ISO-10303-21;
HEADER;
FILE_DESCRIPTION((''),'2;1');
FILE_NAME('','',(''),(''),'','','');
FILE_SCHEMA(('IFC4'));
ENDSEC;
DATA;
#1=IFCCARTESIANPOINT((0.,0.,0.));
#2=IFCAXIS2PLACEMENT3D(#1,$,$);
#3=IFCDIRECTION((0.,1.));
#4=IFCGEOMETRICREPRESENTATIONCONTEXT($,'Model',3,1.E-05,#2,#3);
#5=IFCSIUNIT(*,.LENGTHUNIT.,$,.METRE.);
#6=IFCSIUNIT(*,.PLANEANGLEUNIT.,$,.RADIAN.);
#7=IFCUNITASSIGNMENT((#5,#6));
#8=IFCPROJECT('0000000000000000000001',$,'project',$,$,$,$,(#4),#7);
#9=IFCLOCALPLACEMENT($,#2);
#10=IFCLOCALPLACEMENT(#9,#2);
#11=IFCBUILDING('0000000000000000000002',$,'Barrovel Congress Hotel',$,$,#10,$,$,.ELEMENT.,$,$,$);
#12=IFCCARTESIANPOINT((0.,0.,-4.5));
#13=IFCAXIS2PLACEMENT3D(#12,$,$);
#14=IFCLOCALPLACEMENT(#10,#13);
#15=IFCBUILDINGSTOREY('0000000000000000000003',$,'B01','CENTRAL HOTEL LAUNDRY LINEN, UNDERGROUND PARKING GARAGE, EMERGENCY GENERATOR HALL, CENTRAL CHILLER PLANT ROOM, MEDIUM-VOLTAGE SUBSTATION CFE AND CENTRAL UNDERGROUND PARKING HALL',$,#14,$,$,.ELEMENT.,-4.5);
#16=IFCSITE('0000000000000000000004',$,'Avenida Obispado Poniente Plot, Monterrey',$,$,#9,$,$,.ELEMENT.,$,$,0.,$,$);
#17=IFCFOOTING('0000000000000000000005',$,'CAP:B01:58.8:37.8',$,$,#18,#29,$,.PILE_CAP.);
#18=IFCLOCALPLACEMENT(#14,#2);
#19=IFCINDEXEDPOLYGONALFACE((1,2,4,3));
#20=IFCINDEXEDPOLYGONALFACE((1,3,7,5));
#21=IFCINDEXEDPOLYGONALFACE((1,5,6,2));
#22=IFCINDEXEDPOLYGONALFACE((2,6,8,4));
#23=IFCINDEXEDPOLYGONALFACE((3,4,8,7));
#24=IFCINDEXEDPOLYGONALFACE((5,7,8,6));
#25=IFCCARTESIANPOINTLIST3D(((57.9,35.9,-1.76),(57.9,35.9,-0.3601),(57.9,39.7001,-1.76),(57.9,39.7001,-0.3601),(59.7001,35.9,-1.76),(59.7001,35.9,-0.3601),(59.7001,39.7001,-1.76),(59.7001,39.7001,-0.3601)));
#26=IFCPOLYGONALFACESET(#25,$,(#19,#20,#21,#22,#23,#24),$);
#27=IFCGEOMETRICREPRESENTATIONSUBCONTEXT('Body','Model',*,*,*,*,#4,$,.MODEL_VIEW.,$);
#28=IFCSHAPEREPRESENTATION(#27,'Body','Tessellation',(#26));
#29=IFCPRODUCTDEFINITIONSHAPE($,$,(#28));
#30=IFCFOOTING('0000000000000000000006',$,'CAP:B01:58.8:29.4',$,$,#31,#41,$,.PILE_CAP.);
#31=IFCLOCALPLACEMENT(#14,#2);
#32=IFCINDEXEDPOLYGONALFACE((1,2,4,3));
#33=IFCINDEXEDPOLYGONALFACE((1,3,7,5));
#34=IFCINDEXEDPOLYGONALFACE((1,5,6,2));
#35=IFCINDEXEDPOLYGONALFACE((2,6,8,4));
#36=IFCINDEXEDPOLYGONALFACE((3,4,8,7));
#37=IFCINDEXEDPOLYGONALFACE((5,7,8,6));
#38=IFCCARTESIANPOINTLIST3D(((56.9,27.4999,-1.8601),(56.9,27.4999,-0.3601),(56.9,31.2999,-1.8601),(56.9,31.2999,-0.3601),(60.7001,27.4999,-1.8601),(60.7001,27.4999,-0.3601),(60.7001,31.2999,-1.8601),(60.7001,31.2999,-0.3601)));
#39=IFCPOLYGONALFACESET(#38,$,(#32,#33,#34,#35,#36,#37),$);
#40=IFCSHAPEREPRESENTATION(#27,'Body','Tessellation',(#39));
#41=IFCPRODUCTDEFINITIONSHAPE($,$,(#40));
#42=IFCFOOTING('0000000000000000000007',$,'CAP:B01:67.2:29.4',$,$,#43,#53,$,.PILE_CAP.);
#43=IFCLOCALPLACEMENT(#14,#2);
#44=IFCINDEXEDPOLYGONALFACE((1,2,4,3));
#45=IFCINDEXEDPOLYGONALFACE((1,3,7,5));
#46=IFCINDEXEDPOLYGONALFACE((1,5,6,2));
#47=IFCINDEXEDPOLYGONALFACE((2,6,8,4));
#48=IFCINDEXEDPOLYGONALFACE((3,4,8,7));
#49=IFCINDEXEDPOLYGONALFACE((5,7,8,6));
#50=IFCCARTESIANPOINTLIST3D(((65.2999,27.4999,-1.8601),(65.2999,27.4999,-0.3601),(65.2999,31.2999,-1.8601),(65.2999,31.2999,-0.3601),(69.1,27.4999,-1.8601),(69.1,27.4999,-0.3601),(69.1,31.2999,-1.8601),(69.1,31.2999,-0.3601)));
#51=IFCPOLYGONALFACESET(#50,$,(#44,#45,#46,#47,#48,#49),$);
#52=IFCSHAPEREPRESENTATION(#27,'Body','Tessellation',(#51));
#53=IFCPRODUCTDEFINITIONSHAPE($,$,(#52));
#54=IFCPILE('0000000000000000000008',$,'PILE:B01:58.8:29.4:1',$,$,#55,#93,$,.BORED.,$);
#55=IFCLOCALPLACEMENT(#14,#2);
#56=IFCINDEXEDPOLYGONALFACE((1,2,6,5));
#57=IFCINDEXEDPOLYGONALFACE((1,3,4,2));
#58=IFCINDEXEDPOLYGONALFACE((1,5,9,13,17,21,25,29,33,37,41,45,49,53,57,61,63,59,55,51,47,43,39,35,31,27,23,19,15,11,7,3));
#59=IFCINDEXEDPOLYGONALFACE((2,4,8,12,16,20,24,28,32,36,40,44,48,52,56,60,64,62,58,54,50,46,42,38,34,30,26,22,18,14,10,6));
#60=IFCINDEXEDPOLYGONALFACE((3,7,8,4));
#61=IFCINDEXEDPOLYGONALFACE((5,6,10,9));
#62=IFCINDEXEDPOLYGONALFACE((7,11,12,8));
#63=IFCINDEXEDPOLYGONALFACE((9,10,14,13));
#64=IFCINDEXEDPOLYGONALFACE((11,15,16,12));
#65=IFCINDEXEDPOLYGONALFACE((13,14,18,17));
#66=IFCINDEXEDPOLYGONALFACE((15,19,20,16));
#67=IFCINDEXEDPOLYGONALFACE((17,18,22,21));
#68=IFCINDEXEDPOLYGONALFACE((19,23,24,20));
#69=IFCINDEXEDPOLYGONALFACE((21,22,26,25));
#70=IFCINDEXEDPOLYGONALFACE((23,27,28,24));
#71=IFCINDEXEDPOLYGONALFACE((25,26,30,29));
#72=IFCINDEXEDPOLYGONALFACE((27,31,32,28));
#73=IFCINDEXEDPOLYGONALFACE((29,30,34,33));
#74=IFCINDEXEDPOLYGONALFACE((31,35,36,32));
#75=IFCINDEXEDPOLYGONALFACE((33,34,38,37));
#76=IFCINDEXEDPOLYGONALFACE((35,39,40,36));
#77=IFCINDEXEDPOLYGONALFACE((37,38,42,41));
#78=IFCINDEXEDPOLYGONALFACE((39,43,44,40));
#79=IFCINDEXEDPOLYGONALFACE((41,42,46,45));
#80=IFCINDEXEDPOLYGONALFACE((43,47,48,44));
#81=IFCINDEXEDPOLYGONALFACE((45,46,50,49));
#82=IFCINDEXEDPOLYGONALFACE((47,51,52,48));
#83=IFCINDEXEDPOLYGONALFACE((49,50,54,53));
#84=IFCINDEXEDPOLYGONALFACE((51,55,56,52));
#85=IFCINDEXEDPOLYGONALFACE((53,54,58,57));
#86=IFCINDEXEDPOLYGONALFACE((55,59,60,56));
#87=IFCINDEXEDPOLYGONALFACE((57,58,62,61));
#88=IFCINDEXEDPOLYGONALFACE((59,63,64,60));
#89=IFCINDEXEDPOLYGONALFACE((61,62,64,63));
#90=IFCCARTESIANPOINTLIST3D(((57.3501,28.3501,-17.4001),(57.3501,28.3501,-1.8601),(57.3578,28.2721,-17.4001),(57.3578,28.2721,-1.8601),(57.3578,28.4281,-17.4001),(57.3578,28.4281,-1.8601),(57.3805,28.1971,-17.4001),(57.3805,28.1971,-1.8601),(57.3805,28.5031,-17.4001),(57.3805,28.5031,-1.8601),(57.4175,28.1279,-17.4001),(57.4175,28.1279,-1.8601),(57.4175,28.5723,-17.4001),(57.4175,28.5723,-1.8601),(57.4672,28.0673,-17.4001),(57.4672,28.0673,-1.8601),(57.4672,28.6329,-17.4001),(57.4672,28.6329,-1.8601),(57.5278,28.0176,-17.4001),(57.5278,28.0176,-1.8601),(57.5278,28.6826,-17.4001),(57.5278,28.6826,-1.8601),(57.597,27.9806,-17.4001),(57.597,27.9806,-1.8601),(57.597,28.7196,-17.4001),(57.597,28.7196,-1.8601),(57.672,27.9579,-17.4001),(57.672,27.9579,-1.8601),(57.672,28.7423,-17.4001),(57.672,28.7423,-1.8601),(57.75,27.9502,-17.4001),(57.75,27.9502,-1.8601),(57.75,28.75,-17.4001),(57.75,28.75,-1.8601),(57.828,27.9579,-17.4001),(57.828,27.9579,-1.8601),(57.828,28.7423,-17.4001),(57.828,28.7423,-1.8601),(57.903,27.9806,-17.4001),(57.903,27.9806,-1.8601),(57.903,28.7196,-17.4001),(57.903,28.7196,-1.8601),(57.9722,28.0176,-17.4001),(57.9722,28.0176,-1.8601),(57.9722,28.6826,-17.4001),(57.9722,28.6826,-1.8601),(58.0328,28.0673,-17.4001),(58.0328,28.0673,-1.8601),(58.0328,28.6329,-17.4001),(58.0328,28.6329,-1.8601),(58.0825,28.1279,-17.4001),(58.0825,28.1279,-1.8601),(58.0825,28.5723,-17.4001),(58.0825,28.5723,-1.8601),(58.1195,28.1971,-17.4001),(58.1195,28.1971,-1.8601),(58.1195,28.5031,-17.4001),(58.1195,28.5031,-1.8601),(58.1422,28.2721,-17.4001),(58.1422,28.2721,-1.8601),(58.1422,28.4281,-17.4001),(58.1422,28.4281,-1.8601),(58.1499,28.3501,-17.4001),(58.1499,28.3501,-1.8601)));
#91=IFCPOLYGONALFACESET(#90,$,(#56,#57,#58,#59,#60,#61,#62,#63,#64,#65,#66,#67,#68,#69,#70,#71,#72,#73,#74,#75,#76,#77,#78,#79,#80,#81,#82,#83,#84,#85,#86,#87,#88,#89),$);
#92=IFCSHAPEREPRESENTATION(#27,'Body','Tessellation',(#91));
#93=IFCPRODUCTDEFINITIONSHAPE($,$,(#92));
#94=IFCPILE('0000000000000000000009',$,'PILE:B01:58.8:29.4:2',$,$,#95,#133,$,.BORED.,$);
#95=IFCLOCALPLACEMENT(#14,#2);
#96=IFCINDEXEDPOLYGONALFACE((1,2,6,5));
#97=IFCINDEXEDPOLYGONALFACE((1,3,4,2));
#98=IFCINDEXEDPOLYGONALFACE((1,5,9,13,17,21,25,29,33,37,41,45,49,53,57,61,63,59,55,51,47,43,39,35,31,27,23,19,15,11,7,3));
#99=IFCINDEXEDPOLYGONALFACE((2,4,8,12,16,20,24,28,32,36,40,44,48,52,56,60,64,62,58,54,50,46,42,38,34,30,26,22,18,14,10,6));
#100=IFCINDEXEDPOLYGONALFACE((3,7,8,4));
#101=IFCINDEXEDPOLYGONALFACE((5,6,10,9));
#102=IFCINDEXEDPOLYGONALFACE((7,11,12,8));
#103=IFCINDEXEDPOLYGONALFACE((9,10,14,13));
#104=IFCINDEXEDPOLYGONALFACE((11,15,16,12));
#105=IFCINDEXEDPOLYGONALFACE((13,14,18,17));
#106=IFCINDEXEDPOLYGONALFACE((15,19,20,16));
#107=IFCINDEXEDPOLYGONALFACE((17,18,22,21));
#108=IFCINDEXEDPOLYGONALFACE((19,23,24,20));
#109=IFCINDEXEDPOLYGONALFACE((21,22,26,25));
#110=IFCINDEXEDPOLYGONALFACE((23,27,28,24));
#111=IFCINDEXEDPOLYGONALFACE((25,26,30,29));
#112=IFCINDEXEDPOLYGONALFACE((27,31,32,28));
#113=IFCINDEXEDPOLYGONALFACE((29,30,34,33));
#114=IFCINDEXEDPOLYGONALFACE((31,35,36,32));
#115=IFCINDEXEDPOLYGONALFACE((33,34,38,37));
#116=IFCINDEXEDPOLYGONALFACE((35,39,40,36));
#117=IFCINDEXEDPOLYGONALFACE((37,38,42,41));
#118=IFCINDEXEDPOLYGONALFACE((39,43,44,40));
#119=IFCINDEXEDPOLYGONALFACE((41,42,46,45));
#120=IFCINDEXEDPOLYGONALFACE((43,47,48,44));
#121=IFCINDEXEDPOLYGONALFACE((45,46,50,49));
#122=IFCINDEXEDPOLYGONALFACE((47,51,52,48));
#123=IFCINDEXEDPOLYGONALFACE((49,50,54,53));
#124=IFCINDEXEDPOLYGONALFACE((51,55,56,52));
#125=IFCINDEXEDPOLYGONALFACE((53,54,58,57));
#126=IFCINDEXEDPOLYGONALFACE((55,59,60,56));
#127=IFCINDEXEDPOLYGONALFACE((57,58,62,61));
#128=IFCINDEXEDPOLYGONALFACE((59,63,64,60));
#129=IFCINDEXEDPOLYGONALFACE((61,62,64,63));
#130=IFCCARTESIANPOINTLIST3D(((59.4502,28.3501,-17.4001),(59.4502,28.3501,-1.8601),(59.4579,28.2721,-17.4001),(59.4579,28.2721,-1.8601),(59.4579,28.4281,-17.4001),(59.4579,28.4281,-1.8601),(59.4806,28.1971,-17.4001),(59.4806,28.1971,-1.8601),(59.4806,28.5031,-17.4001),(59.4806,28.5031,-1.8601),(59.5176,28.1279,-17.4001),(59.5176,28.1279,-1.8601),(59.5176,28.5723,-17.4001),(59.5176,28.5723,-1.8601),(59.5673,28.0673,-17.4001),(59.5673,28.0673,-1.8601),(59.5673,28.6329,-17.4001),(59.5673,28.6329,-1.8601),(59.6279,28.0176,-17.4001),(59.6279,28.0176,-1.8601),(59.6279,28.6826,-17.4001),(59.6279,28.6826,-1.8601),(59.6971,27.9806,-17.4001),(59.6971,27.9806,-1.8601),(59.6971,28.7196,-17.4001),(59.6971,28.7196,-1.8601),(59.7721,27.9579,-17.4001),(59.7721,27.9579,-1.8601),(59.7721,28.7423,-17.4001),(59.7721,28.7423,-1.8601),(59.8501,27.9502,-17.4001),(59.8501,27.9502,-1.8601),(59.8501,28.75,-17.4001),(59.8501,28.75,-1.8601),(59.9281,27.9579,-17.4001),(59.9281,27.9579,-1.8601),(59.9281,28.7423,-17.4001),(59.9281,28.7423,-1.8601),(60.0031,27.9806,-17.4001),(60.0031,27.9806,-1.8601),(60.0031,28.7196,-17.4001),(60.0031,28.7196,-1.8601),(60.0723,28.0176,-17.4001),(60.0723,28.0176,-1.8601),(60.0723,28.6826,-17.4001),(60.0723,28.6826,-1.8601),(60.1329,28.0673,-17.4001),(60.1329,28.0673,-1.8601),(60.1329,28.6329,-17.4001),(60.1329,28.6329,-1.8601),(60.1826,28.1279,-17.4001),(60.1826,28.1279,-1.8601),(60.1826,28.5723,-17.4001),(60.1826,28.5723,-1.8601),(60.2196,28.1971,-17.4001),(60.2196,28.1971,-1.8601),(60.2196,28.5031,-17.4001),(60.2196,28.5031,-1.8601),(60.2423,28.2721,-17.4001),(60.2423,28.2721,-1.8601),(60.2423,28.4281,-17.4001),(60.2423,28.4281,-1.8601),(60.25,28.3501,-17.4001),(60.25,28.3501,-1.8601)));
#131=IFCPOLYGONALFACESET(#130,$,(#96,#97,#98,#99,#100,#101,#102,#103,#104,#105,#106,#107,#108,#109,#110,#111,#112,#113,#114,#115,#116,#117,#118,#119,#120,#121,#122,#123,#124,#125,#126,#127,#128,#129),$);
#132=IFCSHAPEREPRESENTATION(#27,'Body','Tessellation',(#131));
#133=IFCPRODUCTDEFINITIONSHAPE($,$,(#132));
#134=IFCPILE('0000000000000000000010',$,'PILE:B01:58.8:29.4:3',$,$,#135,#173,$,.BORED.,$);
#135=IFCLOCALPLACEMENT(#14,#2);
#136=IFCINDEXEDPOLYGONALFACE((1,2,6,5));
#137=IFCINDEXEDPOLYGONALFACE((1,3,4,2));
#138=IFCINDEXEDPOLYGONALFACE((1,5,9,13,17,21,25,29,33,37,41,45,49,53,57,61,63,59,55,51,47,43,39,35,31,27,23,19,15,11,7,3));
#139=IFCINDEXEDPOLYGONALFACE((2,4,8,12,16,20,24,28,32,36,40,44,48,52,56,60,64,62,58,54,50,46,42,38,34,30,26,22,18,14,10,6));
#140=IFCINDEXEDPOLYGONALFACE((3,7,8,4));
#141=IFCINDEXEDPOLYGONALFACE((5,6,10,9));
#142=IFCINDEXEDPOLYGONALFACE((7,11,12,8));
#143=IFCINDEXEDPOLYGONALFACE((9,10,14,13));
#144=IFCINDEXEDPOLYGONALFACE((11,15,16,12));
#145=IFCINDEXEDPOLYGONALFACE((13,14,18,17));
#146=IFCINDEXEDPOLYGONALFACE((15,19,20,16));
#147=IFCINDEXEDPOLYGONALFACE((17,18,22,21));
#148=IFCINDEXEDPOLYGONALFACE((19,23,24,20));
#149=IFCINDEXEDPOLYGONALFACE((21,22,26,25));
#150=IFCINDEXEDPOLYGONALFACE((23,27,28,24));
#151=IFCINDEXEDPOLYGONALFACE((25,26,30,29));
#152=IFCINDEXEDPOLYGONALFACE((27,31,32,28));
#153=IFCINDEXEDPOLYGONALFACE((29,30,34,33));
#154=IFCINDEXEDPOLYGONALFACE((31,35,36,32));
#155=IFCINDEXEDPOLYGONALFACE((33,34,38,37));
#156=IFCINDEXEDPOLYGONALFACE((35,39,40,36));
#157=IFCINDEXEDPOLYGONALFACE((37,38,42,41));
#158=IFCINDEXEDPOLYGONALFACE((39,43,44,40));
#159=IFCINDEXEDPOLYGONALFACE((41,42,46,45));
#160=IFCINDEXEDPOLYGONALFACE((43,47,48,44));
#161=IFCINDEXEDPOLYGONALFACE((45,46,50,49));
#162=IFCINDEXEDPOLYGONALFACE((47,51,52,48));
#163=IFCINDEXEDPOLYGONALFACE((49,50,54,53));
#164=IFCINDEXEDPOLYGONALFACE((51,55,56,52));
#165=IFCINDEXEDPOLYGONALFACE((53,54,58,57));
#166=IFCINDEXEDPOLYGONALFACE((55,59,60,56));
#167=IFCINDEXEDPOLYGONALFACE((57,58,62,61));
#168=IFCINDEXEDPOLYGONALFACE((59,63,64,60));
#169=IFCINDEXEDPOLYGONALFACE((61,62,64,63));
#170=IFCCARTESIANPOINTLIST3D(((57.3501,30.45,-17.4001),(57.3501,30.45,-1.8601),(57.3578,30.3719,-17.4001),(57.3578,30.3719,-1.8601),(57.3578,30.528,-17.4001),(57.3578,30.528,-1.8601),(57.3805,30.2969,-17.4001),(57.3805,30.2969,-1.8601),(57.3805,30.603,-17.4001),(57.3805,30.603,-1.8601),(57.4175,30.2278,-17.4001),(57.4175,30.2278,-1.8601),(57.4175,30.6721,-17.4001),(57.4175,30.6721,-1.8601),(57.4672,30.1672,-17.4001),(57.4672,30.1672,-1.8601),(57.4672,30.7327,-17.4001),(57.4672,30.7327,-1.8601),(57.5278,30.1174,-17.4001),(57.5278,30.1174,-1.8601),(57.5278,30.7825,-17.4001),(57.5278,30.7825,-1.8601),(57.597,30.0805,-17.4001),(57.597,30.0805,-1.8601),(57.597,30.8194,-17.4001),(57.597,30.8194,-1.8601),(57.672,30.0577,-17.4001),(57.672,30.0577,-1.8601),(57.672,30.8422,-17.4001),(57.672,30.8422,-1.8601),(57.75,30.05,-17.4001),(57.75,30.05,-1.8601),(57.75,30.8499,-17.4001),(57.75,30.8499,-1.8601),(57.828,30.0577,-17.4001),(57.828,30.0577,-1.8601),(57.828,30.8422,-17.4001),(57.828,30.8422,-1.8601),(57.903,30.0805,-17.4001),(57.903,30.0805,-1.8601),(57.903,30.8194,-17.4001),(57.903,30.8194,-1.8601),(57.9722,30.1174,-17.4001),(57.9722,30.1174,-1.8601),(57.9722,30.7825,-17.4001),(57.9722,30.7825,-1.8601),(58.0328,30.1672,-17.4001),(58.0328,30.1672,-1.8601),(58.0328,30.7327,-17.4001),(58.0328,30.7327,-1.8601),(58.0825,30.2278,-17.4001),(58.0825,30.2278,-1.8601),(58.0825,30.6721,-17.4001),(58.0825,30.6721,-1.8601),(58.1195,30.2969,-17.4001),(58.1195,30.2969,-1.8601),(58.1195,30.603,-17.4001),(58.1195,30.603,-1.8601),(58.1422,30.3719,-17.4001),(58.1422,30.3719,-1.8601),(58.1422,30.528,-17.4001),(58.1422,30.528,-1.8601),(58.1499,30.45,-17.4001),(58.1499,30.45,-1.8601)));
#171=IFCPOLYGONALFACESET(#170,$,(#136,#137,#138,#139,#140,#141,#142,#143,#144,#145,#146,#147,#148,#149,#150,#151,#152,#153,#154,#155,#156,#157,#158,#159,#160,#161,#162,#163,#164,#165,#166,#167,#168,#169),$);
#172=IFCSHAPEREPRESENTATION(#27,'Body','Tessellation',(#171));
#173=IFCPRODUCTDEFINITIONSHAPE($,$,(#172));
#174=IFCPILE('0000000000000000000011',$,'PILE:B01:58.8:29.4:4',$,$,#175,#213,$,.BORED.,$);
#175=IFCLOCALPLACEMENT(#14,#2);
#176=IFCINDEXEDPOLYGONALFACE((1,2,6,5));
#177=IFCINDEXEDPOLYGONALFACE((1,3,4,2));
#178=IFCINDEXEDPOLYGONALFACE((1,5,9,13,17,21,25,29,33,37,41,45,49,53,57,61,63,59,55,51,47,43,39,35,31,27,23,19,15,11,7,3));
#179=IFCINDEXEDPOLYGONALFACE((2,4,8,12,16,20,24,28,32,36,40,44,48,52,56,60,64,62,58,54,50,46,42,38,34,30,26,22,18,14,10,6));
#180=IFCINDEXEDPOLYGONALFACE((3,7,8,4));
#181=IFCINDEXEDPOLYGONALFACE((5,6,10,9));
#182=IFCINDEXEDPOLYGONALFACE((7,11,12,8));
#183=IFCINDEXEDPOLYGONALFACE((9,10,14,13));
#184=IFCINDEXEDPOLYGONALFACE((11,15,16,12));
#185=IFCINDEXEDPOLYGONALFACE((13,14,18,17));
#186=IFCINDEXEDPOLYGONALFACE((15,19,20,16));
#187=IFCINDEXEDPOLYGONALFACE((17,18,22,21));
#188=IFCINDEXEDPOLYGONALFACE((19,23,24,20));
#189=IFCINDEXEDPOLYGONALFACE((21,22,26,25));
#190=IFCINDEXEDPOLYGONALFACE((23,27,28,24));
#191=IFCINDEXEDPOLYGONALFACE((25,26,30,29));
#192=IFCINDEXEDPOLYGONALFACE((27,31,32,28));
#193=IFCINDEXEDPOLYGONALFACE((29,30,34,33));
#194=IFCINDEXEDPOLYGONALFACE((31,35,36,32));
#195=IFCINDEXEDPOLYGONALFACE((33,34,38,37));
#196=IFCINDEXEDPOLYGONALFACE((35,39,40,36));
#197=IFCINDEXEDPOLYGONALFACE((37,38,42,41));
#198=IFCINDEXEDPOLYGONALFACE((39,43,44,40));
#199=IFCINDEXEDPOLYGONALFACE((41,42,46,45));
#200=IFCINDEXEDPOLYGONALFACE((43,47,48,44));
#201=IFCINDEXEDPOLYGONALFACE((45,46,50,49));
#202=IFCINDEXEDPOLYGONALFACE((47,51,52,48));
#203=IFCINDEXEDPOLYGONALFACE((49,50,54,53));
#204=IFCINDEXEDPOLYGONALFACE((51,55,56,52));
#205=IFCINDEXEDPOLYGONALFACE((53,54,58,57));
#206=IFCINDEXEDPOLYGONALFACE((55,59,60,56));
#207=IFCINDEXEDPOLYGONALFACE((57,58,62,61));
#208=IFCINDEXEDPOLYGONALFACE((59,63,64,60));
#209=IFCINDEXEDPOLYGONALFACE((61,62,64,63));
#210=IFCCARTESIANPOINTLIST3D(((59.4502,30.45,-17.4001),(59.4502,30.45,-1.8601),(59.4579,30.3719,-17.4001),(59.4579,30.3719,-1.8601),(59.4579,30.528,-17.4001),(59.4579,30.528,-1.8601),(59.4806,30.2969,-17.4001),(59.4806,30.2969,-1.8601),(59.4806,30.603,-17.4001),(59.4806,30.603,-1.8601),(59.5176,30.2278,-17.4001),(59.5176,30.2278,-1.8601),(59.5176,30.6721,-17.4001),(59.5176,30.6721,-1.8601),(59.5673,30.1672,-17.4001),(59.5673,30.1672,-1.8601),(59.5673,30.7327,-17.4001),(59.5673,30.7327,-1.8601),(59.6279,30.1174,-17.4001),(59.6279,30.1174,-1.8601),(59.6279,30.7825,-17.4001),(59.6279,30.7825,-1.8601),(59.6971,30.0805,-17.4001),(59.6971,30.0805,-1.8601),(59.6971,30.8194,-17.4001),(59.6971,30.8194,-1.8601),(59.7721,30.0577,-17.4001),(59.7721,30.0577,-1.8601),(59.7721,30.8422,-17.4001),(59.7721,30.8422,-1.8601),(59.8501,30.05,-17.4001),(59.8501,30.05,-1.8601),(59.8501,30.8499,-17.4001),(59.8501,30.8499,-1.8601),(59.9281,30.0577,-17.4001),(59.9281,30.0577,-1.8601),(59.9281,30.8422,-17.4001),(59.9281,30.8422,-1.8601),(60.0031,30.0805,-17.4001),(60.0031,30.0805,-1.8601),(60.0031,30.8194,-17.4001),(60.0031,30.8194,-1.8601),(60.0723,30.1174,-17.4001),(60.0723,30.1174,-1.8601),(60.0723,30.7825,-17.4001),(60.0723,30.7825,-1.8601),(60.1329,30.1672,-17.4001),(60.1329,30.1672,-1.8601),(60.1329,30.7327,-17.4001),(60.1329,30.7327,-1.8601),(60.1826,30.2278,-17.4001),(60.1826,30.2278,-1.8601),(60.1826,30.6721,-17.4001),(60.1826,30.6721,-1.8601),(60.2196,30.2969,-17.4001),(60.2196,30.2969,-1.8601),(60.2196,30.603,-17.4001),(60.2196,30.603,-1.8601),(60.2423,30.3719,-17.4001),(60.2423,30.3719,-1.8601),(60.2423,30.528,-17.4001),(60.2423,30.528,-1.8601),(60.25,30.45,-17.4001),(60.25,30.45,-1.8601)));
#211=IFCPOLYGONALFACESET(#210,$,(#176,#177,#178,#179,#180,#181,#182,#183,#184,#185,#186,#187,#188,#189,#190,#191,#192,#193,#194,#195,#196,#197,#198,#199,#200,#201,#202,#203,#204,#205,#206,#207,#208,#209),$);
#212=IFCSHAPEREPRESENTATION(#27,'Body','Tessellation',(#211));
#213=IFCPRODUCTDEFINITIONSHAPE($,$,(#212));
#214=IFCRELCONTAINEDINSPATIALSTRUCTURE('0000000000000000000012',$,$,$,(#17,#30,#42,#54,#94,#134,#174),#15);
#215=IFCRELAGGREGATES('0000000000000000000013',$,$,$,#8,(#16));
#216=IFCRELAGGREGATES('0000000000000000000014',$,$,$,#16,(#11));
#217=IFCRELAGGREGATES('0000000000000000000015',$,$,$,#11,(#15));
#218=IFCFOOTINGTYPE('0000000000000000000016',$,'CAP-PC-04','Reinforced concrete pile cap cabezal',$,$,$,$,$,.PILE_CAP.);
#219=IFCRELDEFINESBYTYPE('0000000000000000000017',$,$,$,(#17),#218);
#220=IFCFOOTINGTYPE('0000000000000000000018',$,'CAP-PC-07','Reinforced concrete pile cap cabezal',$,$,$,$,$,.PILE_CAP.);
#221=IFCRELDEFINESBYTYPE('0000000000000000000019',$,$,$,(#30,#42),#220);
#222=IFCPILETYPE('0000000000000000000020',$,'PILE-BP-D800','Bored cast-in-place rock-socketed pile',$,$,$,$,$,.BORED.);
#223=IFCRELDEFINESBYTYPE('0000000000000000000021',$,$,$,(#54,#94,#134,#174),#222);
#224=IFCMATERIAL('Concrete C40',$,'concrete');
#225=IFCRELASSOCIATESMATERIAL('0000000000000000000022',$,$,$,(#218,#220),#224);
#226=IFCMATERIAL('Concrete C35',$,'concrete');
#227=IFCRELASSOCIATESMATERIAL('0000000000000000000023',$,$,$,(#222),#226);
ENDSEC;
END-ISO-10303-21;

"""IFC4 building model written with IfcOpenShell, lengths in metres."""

from ifc_helpers import new_model, si_unit, direction, frame, origin, origin_2d, place, context, subcontext, project, spatial, rectangle, circle, extrude, material, material_profile, profile_set, type_object, element, save


model = new_model("IFC4")

# Units and contexts
model_context = context("Model", 3, precision=1e-05, world=origin(), true_north=direction((0.0, 1.0)))
body_context = subcontext(model_context, "Body", "Model", "MODEL_VIEW")
ifc_project = project(units=[si_unit("LENGTHUNIT", "METRE"), si_unit("PLANEANGLEUNIT", "RADIAN")], contexts=[model_context])

# Site, building, storey
site_placement = place(None, origin())
site = spatial("IfcSite", under=ifc_project, at=site_placement, Name="Avenida Obispado Poniente Plot, Monterrey", CompositionType="ELEMENT", RefElevation=0.0)
building_placement = place(site_placement, origin())
building = spatial("IfcBuilding", under=site, at=building_placement, Name="Barrovel Congress Hotel", CompositionType="ELEMENT")
storey_placement = place(building_placement, frame((0.0, 0.0, -4.5)))
storey = spatial("IfcBuildingStorey", under=building, at=storey_placement, Name="B01", Description="CENTRAL HOTEL LAUNDRY LINEN, UNDERGROUND PARKING GARAGE, EMERGENCY GENERATOR HALL, CENTRAL CHILLER PLANT ROOM, MEDIUM-VOLTAGE SUBSTATION CFE AND CENTRAL UNDERGROUND PARKING HALL", CompositionType="ELEMENT", Elevation=-4.5)

# Footings
ifc_material_1 = material(Name="Concrete C40", Category="concrete")
footing_type_1 = type_object("IfcFootingType", Name="CAP-PC-04", Description="Reinforced concrete pile cap cabezal", PredefinedType="PILE_CAP", material=ifc_material_1)
footing_placement = place(storey_placement, frame((58.8, 37.8, -1.76), z_axis=(0.0, 0.0, 1.0), x_axis=(1.0, 0.0, 0.0)))
element("IfcFooting", 1, at=footing_placement, inside=storey, type_object=footing_type_1, Name="CAP:B01:58.8:37.8", PredefinedType="PILE_CAP", context=body_context, shape_type="SweptSolid", body=[
    extrude(rectangle(XDim=1.8, YDim=3.8, at=origin_2d()), origin(), (0.0, 0.0, 1.0), 1.3999),
])
footing_type_2 = type_object("IfcFootingType", Name="CAP-PC-07", Description="Reinforced concrete pile cap cabezal", PredefinedType="PILE_CAP", material=ifc_material_1)
for number, where, z_axis, x_axis, name in (
    (2, (58.8, 29.3999, -1.8601), (0.0, 0.0, 1.0), (1.0, 0.0, 0.0), "CAP:B01:58.8:29.4"),
    (3, (67.2, 29.3999, -1.8601), (0.0, 0.0, 1.0), (1.0, 0.0, 0.0), "CAP:B01:67.2:29.4"),
):
    element("IfcFooting", number, at=place(storey_placement, frame(where, z_axis=z_axis, x_axis=x_axis)), inside=storey, type_object=footing_type_2, Name=name, PredefinedType="PILE_CAP", context=body_context, shape_type="SweptSolid", body=[
        extrude(rectangle(XDim=3.8, YDim=3.8, at=origin_2d()), origin(), (0.0, 0.0, 1.0), 1.5),
    ])

# Piles
ifc_material_2 = material(Name="Concrete C35", Category="concrete")
ifc_material_profile_1 = material_profile(ifc_material_2, circle(Radius=0.3999, at=origin_2d()), Name="BP-D800")
ifc_profile_set_1 = profile_set([ifc_material_profile_1], Name="Concrete C35")
pile_type = type_object("IfcPileType", Name="PILE-BP-D800", Description="Bored cast-in-place rock-socketed pile", PredefinedType="BORED", material=ifc_profile_set_1)
for number, where, z_axis, x_axis, name in (
    (4, (57.75, 28.3501, -1.8601), (0.0, 0.0, -1.0), (1.0, 0.0, 0.0), "PILE:B01:58.8:29.4:1"),
    (5, (59.8501, 28.3501, -1.8601), (0.0, 0.0, -1.0), (1.0, 0.0, 0.0), "PILE:B01:58.8:29.4:2"),
    (6, (57.75, 30.45, -1.8601), (0.0, 0.0, -1.0), (1.0, 0.0, 0.0), "PILE:B01:58.8:29.4:3"),
    (7, (59.8501, 30.45, -1.8601), (0.0, 0.0, -1.0), (1.0, 0.0, 0.0), "PILE:B01:58.8:29.4:4"),
):
    element("IfcPile", number, at=place(storey_placement, frame(where, z_axis=z_axis, x_axis=x_axis)), inside=storey, type_object=pile_type, Name=name, PredefinedType="BORED", context=body_context, shape_type="SweptSolid", body=[
        extrude(circle(Radius=0.3999, at=origin_2d()), origin(), (0.0, 0.0, 1.0), 15.54),
    ])

save(model, "model.ifc")
